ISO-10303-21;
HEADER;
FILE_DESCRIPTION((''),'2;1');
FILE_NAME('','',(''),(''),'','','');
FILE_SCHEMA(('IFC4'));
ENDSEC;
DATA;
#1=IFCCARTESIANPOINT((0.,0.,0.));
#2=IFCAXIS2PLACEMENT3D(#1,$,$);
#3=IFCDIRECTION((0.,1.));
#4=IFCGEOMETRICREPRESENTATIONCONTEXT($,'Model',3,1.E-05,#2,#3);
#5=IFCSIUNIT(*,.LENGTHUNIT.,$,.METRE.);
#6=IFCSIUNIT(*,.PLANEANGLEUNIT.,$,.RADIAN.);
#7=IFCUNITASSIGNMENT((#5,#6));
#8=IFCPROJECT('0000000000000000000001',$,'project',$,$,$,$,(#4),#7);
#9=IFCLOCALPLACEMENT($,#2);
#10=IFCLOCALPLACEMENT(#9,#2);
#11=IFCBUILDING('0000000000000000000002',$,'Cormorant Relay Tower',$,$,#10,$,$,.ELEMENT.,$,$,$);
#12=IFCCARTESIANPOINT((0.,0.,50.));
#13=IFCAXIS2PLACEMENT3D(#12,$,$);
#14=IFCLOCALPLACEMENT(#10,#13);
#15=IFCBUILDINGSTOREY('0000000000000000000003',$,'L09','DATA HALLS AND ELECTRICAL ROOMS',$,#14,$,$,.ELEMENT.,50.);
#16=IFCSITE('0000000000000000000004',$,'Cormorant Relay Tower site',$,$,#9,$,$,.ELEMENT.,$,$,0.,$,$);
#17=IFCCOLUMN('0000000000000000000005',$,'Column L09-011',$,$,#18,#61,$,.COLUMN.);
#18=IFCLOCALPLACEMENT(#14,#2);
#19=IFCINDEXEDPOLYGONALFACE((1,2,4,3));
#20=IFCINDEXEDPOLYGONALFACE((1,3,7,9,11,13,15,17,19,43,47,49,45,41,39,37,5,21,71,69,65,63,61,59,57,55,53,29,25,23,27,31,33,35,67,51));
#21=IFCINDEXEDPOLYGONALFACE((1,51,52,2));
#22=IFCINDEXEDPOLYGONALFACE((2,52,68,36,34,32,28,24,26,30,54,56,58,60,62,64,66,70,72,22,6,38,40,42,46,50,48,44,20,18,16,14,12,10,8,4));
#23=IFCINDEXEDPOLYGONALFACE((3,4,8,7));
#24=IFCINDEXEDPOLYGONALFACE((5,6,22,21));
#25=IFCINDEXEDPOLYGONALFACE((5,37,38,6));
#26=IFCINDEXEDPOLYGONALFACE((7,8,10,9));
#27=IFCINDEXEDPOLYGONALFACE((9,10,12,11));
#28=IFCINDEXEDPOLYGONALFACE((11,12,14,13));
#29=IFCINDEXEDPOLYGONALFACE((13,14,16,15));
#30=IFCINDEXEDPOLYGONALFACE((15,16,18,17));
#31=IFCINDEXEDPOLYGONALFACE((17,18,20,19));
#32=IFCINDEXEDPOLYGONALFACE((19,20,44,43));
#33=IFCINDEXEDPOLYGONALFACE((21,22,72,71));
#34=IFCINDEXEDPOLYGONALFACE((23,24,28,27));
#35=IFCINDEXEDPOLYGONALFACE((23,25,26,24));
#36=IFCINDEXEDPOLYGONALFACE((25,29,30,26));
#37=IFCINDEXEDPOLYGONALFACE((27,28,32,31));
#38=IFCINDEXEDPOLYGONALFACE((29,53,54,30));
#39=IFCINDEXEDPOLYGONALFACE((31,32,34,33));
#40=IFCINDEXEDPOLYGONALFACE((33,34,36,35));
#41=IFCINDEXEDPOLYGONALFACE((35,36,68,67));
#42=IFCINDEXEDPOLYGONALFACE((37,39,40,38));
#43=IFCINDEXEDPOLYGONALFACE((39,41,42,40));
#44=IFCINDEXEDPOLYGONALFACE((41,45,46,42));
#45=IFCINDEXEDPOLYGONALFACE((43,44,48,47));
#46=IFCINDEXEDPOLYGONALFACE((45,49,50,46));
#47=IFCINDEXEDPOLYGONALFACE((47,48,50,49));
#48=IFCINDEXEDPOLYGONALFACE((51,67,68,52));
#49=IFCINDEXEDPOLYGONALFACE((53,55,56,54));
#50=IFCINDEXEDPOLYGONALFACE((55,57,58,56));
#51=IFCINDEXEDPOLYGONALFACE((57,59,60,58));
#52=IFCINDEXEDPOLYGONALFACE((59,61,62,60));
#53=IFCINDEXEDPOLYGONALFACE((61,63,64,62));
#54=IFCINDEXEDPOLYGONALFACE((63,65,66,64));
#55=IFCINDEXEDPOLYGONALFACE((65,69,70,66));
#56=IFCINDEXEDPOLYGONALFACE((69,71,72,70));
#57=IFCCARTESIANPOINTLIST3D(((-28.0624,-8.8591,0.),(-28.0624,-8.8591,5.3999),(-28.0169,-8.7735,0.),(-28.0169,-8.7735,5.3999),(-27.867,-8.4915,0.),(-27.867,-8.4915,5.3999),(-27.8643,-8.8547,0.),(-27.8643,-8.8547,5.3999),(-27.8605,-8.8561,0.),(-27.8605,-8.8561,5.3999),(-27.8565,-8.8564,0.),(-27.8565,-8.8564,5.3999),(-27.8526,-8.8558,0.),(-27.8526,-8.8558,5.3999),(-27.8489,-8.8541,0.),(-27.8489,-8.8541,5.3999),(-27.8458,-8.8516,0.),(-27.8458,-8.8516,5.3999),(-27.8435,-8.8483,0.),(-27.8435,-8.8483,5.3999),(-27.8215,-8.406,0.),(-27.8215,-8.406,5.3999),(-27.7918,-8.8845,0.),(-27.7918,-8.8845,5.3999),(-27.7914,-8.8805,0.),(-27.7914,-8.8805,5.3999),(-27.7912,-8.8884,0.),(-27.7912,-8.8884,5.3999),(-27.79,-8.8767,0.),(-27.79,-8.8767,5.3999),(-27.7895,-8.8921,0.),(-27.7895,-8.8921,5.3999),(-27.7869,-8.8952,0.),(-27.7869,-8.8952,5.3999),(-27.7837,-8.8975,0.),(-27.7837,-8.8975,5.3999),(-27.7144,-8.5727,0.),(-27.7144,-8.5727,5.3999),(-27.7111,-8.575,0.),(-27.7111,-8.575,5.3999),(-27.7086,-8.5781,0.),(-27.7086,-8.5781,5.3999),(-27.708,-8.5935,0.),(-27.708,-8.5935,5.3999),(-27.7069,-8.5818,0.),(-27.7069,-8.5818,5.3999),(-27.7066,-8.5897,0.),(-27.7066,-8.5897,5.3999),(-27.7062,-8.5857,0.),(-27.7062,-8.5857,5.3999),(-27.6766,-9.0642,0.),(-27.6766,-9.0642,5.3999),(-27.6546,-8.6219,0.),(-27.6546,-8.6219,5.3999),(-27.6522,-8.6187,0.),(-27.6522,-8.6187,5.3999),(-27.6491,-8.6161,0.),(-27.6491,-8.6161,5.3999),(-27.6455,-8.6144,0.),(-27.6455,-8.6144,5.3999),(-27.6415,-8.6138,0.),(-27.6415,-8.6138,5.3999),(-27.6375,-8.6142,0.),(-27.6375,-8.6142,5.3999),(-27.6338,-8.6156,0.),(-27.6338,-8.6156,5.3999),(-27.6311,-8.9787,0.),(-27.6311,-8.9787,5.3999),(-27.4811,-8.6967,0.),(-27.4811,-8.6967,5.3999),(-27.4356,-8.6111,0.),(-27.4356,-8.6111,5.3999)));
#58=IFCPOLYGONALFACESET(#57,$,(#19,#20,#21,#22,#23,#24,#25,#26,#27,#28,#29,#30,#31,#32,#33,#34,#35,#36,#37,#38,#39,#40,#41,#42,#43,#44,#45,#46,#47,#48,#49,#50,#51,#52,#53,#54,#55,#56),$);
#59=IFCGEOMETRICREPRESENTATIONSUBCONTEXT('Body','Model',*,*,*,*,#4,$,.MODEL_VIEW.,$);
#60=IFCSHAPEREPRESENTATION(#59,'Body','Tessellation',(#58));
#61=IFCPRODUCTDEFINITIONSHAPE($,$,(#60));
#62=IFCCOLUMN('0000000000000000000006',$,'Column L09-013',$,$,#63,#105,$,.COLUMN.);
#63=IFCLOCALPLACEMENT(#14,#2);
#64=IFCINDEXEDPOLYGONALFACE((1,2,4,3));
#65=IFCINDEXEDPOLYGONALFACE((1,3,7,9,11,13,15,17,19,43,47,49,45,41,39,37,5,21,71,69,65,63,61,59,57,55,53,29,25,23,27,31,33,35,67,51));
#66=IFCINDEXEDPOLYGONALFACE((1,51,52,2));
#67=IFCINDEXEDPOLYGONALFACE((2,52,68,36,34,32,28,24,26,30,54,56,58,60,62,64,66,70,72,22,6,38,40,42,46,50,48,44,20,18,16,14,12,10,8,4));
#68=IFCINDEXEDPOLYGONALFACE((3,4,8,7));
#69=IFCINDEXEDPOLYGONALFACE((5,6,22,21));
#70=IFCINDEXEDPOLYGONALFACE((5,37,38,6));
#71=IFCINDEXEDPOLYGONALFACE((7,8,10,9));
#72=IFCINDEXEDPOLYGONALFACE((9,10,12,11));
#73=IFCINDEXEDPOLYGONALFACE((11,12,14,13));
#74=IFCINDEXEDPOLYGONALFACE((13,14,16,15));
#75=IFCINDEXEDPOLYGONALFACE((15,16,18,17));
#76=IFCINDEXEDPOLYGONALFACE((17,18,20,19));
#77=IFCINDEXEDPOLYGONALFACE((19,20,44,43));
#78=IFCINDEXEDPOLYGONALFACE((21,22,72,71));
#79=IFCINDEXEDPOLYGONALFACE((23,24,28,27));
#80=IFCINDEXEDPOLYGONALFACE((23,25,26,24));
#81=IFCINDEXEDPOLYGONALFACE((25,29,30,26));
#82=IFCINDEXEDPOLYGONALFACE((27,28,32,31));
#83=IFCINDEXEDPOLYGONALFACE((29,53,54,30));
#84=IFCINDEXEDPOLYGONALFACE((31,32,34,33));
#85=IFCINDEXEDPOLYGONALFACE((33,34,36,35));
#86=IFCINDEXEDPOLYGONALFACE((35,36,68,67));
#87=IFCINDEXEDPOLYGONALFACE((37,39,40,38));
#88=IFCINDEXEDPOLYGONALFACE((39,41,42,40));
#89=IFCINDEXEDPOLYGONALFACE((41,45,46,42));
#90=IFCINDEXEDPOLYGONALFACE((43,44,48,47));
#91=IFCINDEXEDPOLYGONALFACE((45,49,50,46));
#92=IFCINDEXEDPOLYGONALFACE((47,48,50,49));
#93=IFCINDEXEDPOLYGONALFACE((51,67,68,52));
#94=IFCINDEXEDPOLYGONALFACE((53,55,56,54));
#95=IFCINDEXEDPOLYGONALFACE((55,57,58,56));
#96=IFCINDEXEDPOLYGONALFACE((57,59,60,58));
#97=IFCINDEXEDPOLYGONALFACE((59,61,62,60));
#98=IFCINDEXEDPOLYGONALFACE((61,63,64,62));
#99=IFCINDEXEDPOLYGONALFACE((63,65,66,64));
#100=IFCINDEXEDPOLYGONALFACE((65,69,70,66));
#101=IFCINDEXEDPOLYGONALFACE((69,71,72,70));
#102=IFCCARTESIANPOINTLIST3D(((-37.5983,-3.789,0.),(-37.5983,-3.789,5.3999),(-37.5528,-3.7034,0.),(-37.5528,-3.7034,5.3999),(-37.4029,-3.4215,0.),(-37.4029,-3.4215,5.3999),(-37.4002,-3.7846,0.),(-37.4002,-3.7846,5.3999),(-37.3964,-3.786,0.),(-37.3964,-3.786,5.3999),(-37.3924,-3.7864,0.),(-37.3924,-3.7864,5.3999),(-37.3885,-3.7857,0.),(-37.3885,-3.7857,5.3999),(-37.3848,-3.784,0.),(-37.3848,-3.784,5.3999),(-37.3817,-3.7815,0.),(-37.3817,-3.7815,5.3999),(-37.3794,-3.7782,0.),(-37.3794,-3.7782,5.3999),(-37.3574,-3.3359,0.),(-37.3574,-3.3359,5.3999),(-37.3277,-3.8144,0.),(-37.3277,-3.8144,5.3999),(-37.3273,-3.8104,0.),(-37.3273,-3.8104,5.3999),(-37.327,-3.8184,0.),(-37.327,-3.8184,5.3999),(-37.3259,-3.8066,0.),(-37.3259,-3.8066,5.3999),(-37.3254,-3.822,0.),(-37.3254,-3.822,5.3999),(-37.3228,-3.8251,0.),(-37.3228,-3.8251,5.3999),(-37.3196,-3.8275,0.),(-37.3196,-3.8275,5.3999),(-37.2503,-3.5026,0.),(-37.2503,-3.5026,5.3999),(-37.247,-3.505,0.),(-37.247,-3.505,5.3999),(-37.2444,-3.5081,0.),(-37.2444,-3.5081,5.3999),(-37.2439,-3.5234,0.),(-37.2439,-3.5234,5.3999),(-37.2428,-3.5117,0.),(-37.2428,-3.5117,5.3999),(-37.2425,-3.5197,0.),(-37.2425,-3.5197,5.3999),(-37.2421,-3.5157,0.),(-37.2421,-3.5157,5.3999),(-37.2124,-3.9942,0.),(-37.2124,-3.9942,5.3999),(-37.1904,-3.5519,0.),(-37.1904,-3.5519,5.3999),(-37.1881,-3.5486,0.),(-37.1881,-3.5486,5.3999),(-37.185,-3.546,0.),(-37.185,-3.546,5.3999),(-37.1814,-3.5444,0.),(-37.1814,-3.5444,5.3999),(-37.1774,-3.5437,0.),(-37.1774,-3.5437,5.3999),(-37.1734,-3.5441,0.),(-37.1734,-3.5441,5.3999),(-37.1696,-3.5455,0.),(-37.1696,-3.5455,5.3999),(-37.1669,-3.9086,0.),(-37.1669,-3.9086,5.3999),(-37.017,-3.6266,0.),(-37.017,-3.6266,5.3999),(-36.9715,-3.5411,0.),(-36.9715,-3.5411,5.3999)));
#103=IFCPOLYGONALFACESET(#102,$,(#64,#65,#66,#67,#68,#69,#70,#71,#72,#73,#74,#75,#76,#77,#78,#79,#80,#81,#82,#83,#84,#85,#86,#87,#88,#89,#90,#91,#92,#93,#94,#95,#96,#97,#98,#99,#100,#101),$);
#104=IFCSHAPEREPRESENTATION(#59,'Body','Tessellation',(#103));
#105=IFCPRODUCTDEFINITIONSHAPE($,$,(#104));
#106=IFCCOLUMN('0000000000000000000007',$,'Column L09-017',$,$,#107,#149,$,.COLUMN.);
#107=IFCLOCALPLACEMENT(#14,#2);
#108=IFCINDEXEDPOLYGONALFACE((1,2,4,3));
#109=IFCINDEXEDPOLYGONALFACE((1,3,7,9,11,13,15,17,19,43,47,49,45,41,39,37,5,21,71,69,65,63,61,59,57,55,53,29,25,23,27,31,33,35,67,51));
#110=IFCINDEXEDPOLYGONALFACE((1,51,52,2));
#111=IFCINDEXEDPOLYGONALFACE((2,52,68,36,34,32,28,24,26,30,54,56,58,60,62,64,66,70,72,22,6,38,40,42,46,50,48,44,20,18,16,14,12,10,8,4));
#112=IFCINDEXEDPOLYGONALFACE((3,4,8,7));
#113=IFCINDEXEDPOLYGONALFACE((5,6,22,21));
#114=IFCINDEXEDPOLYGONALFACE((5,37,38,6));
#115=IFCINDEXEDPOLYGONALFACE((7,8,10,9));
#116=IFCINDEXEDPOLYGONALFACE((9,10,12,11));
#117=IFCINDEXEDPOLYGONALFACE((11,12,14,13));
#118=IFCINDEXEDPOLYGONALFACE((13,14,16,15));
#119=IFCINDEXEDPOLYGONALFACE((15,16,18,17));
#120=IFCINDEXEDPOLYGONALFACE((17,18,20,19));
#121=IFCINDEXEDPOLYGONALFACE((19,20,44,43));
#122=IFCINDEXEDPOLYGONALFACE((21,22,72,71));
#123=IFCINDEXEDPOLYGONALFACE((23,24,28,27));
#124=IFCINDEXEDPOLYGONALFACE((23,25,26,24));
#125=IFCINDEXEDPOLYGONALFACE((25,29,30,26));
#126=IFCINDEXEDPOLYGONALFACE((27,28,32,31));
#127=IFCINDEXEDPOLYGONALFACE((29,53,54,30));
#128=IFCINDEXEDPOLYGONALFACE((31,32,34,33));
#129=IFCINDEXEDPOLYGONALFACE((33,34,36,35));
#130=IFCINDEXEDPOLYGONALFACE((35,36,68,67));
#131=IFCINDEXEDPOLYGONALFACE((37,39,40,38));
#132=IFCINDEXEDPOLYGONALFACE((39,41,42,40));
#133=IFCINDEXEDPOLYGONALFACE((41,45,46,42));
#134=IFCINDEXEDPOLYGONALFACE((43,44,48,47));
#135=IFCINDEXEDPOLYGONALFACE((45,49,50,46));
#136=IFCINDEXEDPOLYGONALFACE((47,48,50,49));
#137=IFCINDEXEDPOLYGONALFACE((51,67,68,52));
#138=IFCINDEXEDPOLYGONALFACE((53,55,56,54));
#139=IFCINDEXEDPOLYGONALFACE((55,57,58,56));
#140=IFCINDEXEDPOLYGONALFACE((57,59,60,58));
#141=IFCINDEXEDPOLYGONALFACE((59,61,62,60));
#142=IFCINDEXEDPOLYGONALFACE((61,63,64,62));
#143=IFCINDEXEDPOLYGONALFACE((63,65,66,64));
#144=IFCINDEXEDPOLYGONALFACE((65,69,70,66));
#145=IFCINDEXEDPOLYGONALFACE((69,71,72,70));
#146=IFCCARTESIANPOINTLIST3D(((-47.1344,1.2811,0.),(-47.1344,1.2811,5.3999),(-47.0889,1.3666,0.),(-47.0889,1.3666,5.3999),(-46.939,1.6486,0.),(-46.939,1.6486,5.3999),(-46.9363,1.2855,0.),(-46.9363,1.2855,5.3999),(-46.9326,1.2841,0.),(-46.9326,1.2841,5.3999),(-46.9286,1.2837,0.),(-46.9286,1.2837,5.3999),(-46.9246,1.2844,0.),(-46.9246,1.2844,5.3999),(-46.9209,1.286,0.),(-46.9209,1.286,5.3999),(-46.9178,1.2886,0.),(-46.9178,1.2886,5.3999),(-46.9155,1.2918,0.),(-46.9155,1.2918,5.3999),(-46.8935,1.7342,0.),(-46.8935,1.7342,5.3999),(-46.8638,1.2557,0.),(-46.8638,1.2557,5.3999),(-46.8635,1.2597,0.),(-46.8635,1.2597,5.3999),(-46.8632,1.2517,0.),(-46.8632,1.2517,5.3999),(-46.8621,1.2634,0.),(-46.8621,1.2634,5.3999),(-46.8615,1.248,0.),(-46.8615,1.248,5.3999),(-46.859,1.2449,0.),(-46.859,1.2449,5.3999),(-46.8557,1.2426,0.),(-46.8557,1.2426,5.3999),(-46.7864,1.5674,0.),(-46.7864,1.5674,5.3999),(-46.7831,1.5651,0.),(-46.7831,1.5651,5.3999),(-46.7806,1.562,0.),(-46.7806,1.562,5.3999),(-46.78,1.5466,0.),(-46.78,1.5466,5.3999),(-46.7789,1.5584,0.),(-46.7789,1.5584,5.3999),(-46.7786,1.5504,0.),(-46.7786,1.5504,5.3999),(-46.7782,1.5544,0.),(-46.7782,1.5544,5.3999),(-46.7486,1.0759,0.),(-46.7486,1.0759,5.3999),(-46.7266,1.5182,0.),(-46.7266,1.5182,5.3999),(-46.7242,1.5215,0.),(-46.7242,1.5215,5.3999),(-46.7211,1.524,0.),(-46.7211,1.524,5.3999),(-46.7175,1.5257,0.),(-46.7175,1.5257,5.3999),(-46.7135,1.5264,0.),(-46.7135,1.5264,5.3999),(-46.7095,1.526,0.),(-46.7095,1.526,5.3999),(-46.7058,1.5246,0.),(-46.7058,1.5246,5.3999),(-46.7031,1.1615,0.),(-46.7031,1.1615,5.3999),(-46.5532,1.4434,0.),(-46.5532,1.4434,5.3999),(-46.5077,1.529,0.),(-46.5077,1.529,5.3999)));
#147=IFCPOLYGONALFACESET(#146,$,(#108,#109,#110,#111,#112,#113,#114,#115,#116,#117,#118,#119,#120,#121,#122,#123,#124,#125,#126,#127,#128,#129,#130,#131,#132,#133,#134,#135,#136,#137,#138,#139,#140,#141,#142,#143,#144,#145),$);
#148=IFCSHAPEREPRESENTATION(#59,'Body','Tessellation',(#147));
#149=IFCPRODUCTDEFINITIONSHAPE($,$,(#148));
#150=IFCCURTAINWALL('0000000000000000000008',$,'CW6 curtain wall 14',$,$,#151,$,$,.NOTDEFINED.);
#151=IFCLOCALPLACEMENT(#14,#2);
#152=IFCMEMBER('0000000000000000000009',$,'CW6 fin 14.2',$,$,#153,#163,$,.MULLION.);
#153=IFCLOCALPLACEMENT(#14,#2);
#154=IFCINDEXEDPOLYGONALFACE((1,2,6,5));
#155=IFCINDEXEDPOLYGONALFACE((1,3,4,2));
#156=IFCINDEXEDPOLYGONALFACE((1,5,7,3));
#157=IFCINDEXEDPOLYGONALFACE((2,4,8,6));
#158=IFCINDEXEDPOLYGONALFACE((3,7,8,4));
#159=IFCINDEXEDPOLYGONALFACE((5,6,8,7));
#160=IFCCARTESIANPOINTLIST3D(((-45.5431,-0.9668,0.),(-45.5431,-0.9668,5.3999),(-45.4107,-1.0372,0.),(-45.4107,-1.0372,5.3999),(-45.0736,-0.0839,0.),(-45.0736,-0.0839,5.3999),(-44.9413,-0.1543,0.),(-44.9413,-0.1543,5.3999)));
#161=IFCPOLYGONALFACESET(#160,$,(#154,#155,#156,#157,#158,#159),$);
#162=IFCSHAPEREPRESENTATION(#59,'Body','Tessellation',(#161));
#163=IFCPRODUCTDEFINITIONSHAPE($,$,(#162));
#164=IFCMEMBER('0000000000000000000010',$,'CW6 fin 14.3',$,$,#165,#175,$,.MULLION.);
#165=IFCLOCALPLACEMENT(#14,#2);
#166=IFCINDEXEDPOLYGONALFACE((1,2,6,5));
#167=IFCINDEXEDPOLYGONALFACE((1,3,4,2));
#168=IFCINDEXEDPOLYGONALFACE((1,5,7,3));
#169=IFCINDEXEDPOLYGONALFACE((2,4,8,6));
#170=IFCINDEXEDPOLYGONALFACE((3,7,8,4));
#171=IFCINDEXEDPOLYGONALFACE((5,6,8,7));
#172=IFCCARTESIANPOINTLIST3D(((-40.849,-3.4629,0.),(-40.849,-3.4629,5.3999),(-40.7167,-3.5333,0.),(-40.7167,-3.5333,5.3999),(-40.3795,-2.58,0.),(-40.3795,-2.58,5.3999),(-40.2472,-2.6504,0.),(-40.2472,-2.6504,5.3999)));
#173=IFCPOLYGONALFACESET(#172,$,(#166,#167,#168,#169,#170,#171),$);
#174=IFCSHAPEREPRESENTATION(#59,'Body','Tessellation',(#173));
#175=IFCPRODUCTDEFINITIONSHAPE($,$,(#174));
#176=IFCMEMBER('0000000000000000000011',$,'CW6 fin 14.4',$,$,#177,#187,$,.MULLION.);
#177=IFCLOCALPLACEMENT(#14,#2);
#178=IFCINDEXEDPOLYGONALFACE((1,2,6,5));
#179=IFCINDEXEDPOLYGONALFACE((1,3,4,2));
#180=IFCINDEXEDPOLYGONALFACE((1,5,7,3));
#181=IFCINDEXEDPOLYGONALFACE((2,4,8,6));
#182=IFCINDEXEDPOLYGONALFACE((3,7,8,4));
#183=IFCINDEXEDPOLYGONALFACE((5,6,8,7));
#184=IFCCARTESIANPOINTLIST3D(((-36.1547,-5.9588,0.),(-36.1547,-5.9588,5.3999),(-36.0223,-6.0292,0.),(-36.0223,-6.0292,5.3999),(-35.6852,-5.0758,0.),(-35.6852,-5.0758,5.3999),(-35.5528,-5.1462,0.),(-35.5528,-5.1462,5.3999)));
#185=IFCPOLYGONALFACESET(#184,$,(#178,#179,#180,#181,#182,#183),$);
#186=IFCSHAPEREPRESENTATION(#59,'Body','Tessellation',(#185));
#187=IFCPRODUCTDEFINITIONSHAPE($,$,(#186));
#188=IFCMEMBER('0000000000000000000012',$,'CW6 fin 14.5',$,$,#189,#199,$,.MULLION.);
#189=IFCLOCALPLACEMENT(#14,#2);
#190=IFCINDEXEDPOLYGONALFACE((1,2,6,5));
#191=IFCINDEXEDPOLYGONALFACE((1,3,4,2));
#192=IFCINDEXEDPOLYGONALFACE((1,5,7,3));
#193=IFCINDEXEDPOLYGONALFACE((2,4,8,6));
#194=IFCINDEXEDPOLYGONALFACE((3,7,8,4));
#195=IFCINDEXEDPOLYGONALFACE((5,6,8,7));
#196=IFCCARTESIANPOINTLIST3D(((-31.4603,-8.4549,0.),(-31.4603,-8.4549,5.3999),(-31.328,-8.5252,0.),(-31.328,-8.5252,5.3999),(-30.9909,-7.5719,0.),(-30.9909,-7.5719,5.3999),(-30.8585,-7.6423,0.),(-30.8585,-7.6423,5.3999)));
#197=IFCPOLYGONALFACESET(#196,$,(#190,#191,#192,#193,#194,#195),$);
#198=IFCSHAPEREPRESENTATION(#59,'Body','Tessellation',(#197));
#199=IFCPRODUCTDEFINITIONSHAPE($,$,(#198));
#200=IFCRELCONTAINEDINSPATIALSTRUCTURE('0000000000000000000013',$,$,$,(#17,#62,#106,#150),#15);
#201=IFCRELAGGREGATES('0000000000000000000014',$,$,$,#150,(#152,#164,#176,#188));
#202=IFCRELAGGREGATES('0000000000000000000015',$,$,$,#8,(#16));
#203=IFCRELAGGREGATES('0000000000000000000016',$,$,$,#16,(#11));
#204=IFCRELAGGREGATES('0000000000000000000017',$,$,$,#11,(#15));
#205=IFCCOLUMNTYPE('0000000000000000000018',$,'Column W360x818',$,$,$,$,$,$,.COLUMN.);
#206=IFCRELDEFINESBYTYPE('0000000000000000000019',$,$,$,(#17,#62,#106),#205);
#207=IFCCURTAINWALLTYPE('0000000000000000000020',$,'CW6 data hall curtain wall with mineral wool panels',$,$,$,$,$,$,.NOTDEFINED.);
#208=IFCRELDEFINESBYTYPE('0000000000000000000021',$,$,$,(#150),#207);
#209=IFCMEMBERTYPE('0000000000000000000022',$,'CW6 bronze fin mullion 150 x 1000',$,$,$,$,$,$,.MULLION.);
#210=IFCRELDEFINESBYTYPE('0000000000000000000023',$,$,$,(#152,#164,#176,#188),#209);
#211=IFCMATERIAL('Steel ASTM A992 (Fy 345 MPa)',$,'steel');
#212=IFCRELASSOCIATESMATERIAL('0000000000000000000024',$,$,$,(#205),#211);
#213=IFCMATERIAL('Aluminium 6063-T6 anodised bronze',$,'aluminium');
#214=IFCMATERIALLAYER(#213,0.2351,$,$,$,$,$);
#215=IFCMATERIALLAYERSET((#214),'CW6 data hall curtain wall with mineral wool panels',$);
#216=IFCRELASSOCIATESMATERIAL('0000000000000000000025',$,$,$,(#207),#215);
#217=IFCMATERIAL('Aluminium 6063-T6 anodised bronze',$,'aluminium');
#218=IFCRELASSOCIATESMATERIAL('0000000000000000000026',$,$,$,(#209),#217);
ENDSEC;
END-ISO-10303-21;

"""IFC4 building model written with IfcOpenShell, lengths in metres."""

from ifc_helpers import new_model, si_unit, direction, frame, origin, origin_2d, place, context, subcontext, project, spatial, rectangle, i_section, extrude, material, layer, layer_set, material_profile, profile_set, type_object, element, aggregate, save


model = new_model("IFC4")

# Units and contexts
model_context = context("Model", 3, precision=1e-05, world=origin(), true_north=direction((0.0, 1.0)))
body_context = subcontext(model_context, "Body", "Model", "MODEL_VIEW")
ifc_project = project(units=[si_unit("LENGTHUNIT", "METRE"), si_unit("PLANEANGLEUNIT", "RADIAN")], contexts=[model_context])

# Site, building, storey
site_placement = place(None, origin())
site = spatial("IfcSite", under=ifc_project, at=site_placement, Name="Cormorant Relay Tower site", CompositionType="ELEMENT", RefElevation=0.0)
building_placement = place(site_placement, origin())
building = spatial("IfcBuilding", under=site, at=building_placement, Name="Cormorant Relay Tower", CompositionType="ELEMENT")
storey_placement = place(building_placement, frame((0.0, 0.0, 50.0)))
storey = spatial("IfcBuildingStorey", under=building, at=storey_placement, Name="L09", Description="DATA HALLS AND ELECTRICAL ROOMS", CompositionType="ELEMENT", Elevation=50.0)

# Columns
ifc_material_1 = material(Name="Steel ASTM A992 (Fy 345 MPa)", Category="steel")
ifc_material_profile_1 = material_profile(ifc_material_1, i_section(OverallWidth=0.437, OverallDepth=0.5132, WebThickness=0.0605, FlangeThickness=0.0969, FilletRadius=0.0154, at=origin_2d()), Name="W360x818")
ifc_profile_set_1 = profile_set([ifc_material_profile_1], Name="Steel ASTM A992 (Fy 345 MPa)")
column_type = type_object("IfcColumnType", Name="Column W360x818", PredefinedType="COLUMN", material=ifc_profile_set_1)
for number, where, z_axis, x_axis, name in (
    (1, (-27.749, -8.7351, 0.0), (0.0, 0.0, 1.0), (0.882948, -0.469472, 0.0), "Column L09-011"),
    (2, (-37.2849, -3.665, 0.0), (0.0, 0.0, 1.0), (0.882948, -0.469472, 0.0), "Column L09-013"),
    (3, (-46.821, 1.405, 0.0), (0.0, 0.0, 1.0), (0.882948, -0.469472, 0.0), "Column L09-017"),
):
    element("IfcColumn", number, at=place(storey_placement, frame(where, z_axis=z_axis, x_axis=x_axis)), inside=storey, type_object=column_type, Name=name, PredefinedType="COLUMN", context=body_context, shape_type="SweptSolid", body=[
        extrude(i_section(OverallWidth=0.437, OverallDepth=0.5132, WebThickness=0.0605, FlangeThickness=0.0969, FilletRadius=0.0154, at=origin_2d()), origin(), (0.0, 0.0, 1.0), 5.3999),
    ])

# Curtain wall, members
ifc_material_2 = material(Name="Aluminium 6063-T6 anodised bronze", Category="aluminium")
ifc_layer_1 = layer(ifc_material_2, 0.2351)
ifc_layer_set_1 = layer_set([ifc_layer_1], Name="CW6 data hall curtain wall with mineral wool panels")
curtain_wall_type = type_object("IfcCurtainWallType", Name="CW6 data hall curtain wall with mineral wool panels", PredefinedType="NOTDEFINED", material=ifc_layer_set_1)
curtain_wall_placement = place(storey_placement, origin())
curtain_wall = element("IfcCurtainWall", 4, at=curtain_wall_placement, inside=storey, type_object=curtain_wall_type, Name="CW6 curtain wall 14", PredefinedType="NOTDEFINED")
ifc_material_3 = material(Name="Aluminium 6063-T6 anodised bronze", Category="aluminium")
ifc_material_profile_2 = material_profile(ifc_material_3, rectangle(XDim=0.1499, YDim=1.0, at=origin_2d()), Name="AL 150x1000")
ifc_profile_set_2 = profile_set([ifc_material_profile_2], Name="Aluminium 6063-T6 anodised bronze")
member_type = type_object("IfcMemberType", Name="CW6 bronze fin mullion 150 x 1000", PredefinedType="MULLION", material=ifc_profile_set_2)
member_1_placement = place(storey_placement, frame((-45.2422, -0.5605, 0.0), z_axis=(0.0, 0.0, 1.0), x_axis=(0.882948, -0.469472, 0.0)))
member_1 = element("IfcMember", 5, at=member_1_placement, type_object=member_type, Name="CW6 fin 14.2", PredefinedType="MULLION", context=body_context, shape_type="SweptSolid", body=[
    extrude(rectangle(XDim=0.1499, YDim=1.0, at=origin_2d()), origin(), (0.0, 0.0, 1.0), 5.3999),
])
member_2_placement = place(storey_placement, frame((-40.5481, -3.0566, 0.0), z_axis=(0.0, 0.0, 1.0), x_axis=(0.882948, -0.469472, 0.0)))
member_2 = element("IfcMember", 6, at=member_2_placement, type_object=member_type, Name="CW6 fin 14.3", PredefinedType="MULLION", context=body_context, shape_type="SweptSolid", body=[
    extrude(rectangle(XDim=0.1499, YDim=1.0, at=origin_2d()), origin(), (0.0, 0.0, 1.0), 5.3999),
])
member_3_placement = place(storey_placement, frame((-35.8538, -5.5525, 0.0), z_axis=(0.0, 0.0, 1.0), x_axis=(0.882948, -0.469472, 0.0)))
member_3 = element("IfcMember", 7, at=member_3_placement, type_object=member_type, Name="CW6 fin 14.4", PredefinedType="MULLION", context=body_context, shape_type="SweptSolid", body=[
    extrude(rectangle(XDim=0.1499, YDim=1.0, at=origin_2d()), origin(), (0.0, 0.0, 1.0), 5.3999),
])
member_4_placement = place(storey_placement, frame((-31.1594, -8.0486, 0.0), z_axis=(0.0, 0.0, 1.0), x_axis=(0.882948, -0.469472, 0.0)))
member_4 = element("IfcMember", 8, at=member_4_placement, type_object=member_type, Name="CW6 fin 14.5", PredefinedType="MULLION", context=body_context, shape_type="SweptSolid", body=[
    extrude(rectangle(XDim=0.1499, YDim=1.0, at=origin_2d()), origin(), (0.0, 0.0, 1.0), 5.3999),
])

aggregate(curtain_wall, [member_1, member_2, member_3, member_4])

save(model, "model.ifc")
